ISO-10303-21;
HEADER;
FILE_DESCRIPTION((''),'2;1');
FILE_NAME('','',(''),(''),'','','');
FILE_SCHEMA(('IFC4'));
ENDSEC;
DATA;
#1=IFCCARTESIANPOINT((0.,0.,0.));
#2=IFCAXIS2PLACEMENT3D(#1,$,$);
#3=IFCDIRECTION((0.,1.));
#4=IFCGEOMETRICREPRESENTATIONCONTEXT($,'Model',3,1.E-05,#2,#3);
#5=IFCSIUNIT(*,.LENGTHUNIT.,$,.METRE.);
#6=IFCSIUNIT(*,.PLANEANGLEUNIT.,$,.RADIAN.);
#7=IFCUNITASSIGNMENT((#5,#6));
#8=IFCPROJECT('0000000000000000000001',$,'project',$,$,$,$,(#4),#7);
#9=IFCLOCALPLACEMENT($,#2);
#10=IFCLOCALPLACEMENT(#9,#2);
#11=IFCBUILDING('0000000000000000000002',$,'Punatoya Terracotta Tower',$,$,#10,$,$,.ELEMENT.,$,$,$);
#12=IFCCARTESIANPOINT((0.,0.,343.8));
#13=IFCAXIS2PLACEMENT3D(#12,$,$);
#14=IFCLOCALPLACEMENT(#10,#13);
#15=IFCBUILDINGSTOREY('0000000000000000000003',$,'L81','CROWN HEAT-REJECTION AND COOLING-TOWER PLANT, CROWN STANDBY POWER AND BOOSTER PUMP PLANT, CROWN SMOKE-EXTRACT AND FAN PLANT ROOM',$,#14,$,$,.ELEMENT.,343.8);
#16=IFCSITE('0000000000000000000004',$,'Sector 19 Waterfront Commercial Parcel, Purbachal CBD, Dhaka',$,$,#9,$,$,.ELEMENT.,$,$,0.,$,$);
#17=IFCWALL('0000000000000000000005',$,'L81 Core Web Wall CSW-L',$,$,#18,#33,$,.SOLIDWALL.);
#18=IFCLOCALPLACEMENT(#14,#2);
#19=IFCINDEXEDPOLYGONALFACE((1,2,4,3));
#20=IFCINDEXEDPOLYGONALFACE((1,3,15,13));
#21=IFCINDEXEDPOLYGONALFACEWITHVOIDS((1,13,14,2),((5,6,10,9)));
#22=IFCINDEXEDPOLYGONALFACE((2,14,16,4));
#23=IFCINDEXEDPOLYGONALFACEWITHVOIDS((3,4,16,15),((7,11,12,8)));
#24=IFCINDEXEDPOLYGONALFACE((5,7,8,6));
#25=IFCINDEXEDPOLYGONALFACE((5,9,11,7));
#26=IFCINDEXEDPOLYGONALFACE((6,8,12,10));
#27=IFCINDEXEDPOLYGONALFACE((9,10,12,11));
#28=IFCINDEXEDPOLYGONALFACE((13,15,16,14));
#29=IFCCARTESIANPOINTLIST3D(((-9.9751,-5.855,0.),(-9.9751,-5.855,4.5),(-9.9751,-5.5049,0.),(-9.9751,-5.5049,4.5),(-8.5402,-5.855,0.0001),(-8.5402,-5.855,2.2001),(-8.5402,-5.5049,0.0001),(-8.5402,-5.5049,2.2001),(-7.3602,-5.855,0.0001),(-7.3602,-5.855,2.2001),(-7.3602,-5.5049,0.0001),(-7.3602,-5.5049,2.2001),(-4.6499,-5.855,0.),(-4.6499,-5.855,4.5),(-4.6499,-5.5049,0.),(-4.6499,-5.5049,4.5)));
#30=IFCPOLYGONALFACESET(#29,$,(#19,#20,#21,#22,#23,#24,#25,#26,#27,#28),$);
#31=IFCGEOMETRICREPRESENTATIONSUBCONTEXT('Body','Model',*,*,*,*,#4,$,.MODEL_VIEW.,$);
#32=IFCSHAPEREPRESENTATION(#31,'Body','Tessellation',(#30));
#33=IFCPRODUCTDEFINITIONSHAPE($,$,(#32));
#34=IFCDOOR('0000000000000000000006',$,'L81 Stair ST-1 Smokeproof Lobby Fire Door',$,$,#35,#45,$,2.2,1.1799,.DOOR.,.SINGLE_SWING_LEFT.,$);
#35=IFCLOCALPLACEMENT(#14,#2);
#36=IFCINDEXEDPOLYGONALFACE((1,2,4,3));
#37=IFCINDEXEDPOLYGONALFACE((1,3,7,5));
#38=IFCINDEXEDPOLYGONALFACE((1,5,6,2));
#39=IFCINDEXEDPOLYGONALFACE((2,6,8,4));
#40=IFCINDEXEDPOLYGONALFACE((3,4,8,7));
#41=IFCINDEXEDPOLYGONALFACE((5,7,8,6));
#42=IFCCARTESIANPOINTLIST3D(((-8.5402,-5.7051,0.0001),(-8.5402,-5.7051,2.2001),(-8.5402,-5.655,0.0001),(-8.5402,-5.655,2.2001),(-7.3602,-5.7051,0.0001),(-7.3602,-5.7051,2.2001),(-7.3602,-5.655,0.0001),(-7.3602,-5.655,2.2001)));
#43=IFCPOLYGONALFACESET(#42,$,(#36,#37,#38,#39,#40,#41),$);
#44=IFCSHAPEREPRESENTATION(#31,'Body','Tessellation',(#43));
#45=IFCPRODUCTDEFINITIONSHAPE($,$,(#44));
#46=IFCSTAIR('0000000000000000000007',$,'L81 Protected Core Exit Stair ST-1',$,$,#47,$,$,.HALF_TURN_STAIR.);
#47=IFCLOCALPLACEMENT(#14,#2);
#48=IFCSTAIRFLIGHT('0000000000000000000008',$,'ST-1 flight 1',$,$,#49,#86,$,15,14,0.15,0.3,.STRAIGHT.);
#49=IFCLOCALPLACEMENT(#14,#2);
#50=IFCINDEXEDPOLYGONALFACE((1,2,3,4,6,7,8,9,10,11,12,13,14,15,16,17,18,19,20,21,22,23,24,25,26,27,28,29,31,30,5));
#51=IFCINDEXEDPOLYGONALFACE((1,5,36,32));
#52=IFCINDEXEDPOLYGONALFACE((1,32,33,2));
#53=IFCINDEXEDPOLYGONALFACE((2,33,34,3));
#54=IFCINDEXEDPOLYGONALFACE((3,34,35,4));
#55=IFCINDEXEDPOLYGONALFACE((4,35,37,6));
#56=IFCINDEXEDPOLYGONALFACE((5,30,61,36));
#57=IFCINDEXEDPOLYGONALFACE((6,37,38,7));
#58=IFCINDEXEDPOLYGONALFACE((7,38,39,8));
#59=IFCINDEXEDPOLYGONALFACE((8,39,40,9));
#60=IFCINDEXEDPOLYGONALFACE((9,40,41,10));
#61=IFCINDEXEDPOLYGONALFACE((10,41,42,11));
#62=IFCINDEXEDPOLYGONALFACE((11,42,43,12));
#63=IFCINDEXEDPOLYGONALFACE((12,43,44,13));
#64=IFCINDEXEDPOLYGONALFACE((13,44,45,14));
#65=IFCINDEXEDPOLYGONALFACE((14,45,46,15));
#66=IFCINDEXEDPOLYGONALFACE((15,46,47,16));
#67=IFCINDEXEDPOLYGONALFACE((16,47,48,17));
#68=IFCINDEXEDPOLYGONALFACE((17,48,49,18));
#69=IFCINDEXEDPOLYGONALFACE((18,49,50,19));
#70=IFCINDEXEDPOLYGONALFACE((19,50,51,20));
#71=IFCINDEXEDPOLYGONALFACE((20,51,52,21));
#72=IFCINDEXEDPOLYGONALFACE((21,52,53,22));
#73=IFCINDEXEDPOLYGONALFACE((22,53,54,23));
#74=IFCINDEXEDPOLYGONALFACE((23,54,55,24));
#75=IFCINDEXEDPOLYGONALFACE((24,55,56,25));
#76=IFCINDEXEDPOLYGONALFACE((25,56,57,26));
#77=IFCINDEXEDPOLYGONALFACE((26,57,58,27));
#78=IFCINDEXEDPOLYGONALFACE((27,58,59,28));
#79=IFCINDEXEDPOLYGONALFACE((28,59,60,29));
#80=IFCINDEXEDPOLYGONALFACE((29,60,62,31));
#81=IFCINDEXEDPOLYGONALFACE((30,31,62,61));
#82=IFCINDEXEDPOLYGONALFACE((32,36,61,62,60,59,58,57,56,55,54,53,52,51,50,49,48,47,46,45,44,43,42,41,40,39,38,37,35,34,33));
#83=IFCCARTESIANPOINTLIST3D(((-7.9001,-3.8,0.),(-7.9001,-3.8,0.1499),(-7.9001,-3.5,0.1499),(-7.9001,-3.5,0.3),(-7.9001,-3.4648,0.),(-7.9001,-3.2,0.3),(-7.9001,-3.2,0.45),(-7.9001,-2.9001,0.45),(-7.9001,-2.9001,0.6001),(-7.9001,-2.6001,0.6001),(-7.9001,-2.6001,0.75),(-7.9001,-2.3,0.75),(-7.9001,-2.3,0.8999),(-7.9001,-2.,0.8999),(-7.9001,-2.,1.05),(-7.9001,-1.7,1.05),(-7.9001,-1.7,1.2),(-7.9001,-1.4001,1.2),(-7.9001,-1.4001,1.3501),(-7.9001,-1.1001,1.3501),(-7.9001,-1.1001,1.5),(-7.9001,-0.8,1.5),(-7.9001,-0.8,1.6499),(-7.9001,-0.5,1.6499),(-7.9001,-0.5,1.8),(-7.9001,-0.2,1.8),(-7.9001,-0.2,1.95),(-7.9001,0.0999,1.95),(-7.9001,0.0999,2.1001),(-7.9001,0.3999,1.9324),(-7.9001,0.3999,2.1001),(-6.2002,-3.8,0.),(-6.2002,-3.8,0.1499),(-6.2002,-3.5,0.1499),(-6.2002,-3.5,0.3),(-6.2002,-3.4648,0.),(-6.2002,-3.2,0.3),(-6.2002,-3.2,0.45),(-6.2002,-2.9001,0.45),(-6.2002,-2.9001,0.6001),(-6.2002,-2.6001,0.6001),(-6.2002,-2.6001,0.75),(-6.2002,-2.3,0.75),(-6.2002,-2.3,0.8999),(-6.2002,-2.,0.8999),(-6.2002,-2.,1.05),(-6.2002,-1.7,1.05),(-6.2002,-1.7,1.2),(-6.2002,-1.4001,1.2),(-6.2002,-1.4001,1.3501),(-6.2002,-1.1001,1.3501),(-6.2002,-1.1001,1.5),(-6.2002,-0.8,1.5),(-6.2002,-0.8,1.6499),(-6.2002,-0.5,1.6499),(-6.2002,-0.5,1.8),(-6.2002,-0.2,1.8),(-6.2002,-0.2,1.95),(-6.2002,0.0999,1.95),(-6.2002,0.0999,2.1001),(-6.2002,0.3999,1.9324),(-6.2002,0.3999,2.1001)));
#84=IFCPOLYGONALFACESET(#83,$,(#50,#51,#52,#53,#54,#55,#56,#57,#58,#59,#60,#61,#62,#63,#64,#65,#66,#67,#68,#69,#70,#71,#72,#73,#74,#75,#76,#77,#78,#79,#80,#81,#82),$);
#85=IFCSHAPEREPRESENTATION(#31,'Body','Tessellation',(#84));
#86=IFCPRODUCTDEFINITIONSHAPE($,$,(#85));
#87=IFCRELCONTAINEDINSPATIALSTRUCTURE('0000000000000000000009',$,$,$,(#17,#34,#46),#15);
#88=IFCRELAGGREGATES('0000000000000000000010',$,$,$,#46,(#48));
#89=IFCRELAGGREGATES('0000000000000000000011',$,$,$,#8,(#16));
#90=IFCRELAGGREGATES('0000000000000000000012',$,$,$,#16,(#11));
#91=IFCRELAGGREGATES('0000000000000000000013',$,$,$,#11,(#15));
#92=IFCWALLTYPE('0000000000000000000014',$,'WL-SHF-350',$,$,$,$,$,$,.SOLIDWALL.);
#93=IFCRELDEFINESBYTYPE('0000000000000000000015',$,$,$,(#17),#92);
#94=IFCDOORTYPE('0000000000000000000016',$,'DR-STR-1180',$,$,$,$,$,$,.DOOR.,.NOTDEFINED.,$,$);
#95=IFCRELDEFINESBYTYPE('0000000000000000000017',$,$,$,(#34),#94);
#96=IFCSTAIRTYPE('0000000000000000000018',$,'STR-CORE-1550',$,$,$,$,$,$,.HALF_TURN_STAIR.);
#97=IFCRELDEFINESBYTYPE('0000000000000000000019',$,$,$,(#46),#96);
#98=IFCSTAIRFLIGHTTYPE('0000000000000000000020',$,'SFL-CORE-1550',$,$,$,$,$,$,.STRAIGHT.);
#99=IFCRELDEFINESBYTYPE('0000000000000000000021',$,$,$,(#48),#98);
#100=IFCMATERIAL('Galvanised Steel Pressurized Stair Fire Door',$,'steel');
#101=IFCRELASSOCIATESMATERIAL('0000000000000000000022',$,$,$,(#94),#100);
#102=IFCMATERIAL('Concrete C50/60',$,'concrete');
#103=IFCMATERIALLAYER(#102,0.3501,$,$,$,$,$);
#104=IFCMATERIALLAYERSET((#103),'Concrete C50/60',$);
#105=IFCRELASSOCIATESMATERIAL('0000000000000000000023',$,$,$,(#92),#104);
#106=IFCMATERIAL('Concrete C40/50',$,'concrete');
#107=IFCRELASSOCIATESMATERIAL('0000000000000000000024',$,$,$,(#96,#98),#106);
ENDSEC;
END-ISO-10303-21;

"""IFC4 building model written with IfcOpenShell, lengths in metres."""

from ifc_helpers import new_model, si_unit, direction, frame, frame_2d, origin, place, context, subcontext, project, spatial, polyline, rectangle, outline, extrude, material, layer, layer_set, type_object, element, fill, aggregate, save


model = new_model("IFC4")

# Units and contexts
model_context = context("Model", 3, precision=1e-05, world=origin(), true_north=direction((0.0, 1.0)))
body_context = subcontext(model_context, "Body", "Model", "MODEL_VIEW")
ifc_project = project(units=[si_unit("LENGTHUNIT", "METRE"), si_unit("PLANEANGLEUNIT", "RADIAN")], contexts=[model_context])

# Site, building, storey
site_placement = place(None, origin())
site = spatial("IfcSite", under=ifc_project, at=site_placement, Name="Sector 19 Waterfront Commercial Parcel, Purbachal CBD, Dhaka", CompositionType="ELEMENT", RefElevation=0.0)
building_placement = place(site_placement, origin())
building = spatial("IfcBuilding", under=site, at=building_placement, Name="Punatoya Terracotta Tower", CompositionType="ELEMENT")
storey_placement = place(building_placement, frame((0.0, 0.0, 343.8)))
storey = spatial("IfcBuildingStorey", under=building, at=storey_placement, Name="L81", Description="CROWN HEAT-REJECTION AND COOLING-TOWER PLANT, CROWN STANDBY POWER AND BOOSTER PUMP PLANT, CROWN SMOKE-EXTRACT AND FAN PLANT ROOM", CompositionType="ELEMENT", Elevation=343.8)

# Shared definitions
ifc_material_1 = material(Name="Concrete C50/60", Category="concrete")

# Shared definitions
ifc_material_2 = material(Name="Galvanised Steel Pressurized Stair Fire Door", Category="steel")
door_type_1 = type_object("IfcDoorType", Name="DR-STR-1180", OperationType="NOTDEFINED", PredefinedType="DOOR", material=ifc_material_2)
ifc_material_3 = material(Name="Concrete C40/50", Category="concrete")

# Wall, opening, door
ifc_layer_1 = layer(ifc_material_1, 0.3501)
ifc_layer_set_1 = layer_set([ifc_layer_1], Name="Concrete C50/60")
wall_type_1 = type_object("IfcWallType", Name="WL-SHF-350", PredefinedType="SOLIDWALL", material=ifc_layer_set_1)
wall_1_placement = place(storey_placement, frame((-9.9751, -5.6799, 0.0), z_axis=(0.0, 0.0, 1.0), x_axis=(1.0, 0.0, 0.0)))
wall_1 = element("IfcWall", 1, at=wall_1_placement, inside=storey, type_object=wall_type_1, Name="L81 Core Web Wall CSW-L", PredefinedType="SOLIDWALL", context=body_context, shape_type="SweptSolid", body=[
    extrude(rectangle(XDim=5.3252, YDim=0.3501, at=frame_2d((2.6626, 0.0))), origin(), (0.0, 0.0, 1.0), 4.5),
])
opening_1_placement = place(wall_1_placement, frame((1.4351, 0.0, 0.0)))
opening_1 = element("IfcOpeningElement", 2, at=opening_1_placement, cuts=wall_1, PredefinedType="OPENING", context=body_context, shape_type="SweptSolid", body=[
    extrude(rectangle(XDim=1.1799, YDim=2.2, at=frame_2d((0.5898, 1.1001))), frame((0.0, 0.1851, 0.0), z_axis=(0.0, -1.0, 0.0), x_axis=(1.0, 0.0, 0.0)), (0.0, 0.0, 1.0), 0.3701),
])
door_1_placement = place(opening_1_placement, origin())
door_1 = element("IfcDoor", 3, at=door_1_placement, inside=storey, type_object=door_type_1, Name="L81 Stair ST-1 Smokeproof Lobby Fire Door", OperationType="SINGLE_SWING_LEFT", OverallHeight=2.2, OverallWidth=1.1799, PredefinedType="DOOR", context=body_context, shape_type="SweptSolid", body=[
    extrude(rectangle(XDim=1.1799, YDim=2.2, at=frame_2d((0.5898, 1.1001))), frame((0.0, 0.0249, 0.0), z_axis=(0.0, -1.0, 0.0), x_axis=(1.0, 0.0, 0.0)), (0.0, 0.0, 1.0), 0.05),
])
fill(opening_1, door_1)

# Stair, stair flight
stair_type = type_object("IfcStairType", Name="STR-CORE-1550", PredefinedType="HALF_TURN_STAIR", material=ifc_material_3)
stair_placement = place(storey_placement, origin())
stair = element("IfcStair", 4, at=stair_placement, inside=storey, type_object=stair_type, Name="L81 Protected Core Exit Stair ST-1", PredefinedType="HALF_TURN_STAIR")
stair_flight_type = type_object("IfcStairFlightType", Name="SFL-CORE-1550", PredefinedType="STRAIGHT", material=ifc_material_3)
stair_flight_placement = place(storey_placement, frame((-7.05, -3.8, 0.0), z_axis=(0.0, 0.0, 1.0), x_axis=(0.0, 1.0, 0.0)))
stair_flight = element("IfcStairFlight", 5, at=stair_flight_placement, type_object=stair_flight_type, Name="ST-1 flight 1", NumberOfRisers=15, NumberOfTreads=14, PredefinedType="STRAIGHT", RiserHeight=0.15, TreadLength=0.3, context=body_context, shape_type="SweptSolid", body=[
    extrude(outline(polyline([(0.0, 0.0), (0.0, 0.1499), (0.3, 0.1499), (0.3, 0.3), (0.6001, 0.3), (0.6001, 0.45), (0.8999, 0.45), (0.8999, 0.6001), (1.2, 0.6001), (1.2, 0.75), (1.5, 0.75), (1.5, 0.8999), (1.8, 0.8999), (1.8, 1.05), (2.1001, 1.05), (2.1001, 1.2), (2.3999, 1.2), (2.3999, 1.3501), (2.7, 1.3501), (2.7, 1.5), (3.0, 1.5), (3.0, 1.6499), (3.3, 1.6499), (3.3, 1.8), (3.6001, 1.8), (3.6001, 1.95), (3.8999, 1.95), (3.8999, 2.1001), (4.2, 2.1001), (4.2, 2.25), (4.2, 1.9324), (0.3352, 0.0), (0.0, 0.0)])), frame((0.0, 0.8501, 0.0), z_axis=(0.0, -1.0, 0.0), x_axis=(1.0, 0.0, 0.0)), (0.0, 0.0, 1.0), 1.7),
])
aggregate(stair, [stair_flight])

save(model, "model.ifc")
